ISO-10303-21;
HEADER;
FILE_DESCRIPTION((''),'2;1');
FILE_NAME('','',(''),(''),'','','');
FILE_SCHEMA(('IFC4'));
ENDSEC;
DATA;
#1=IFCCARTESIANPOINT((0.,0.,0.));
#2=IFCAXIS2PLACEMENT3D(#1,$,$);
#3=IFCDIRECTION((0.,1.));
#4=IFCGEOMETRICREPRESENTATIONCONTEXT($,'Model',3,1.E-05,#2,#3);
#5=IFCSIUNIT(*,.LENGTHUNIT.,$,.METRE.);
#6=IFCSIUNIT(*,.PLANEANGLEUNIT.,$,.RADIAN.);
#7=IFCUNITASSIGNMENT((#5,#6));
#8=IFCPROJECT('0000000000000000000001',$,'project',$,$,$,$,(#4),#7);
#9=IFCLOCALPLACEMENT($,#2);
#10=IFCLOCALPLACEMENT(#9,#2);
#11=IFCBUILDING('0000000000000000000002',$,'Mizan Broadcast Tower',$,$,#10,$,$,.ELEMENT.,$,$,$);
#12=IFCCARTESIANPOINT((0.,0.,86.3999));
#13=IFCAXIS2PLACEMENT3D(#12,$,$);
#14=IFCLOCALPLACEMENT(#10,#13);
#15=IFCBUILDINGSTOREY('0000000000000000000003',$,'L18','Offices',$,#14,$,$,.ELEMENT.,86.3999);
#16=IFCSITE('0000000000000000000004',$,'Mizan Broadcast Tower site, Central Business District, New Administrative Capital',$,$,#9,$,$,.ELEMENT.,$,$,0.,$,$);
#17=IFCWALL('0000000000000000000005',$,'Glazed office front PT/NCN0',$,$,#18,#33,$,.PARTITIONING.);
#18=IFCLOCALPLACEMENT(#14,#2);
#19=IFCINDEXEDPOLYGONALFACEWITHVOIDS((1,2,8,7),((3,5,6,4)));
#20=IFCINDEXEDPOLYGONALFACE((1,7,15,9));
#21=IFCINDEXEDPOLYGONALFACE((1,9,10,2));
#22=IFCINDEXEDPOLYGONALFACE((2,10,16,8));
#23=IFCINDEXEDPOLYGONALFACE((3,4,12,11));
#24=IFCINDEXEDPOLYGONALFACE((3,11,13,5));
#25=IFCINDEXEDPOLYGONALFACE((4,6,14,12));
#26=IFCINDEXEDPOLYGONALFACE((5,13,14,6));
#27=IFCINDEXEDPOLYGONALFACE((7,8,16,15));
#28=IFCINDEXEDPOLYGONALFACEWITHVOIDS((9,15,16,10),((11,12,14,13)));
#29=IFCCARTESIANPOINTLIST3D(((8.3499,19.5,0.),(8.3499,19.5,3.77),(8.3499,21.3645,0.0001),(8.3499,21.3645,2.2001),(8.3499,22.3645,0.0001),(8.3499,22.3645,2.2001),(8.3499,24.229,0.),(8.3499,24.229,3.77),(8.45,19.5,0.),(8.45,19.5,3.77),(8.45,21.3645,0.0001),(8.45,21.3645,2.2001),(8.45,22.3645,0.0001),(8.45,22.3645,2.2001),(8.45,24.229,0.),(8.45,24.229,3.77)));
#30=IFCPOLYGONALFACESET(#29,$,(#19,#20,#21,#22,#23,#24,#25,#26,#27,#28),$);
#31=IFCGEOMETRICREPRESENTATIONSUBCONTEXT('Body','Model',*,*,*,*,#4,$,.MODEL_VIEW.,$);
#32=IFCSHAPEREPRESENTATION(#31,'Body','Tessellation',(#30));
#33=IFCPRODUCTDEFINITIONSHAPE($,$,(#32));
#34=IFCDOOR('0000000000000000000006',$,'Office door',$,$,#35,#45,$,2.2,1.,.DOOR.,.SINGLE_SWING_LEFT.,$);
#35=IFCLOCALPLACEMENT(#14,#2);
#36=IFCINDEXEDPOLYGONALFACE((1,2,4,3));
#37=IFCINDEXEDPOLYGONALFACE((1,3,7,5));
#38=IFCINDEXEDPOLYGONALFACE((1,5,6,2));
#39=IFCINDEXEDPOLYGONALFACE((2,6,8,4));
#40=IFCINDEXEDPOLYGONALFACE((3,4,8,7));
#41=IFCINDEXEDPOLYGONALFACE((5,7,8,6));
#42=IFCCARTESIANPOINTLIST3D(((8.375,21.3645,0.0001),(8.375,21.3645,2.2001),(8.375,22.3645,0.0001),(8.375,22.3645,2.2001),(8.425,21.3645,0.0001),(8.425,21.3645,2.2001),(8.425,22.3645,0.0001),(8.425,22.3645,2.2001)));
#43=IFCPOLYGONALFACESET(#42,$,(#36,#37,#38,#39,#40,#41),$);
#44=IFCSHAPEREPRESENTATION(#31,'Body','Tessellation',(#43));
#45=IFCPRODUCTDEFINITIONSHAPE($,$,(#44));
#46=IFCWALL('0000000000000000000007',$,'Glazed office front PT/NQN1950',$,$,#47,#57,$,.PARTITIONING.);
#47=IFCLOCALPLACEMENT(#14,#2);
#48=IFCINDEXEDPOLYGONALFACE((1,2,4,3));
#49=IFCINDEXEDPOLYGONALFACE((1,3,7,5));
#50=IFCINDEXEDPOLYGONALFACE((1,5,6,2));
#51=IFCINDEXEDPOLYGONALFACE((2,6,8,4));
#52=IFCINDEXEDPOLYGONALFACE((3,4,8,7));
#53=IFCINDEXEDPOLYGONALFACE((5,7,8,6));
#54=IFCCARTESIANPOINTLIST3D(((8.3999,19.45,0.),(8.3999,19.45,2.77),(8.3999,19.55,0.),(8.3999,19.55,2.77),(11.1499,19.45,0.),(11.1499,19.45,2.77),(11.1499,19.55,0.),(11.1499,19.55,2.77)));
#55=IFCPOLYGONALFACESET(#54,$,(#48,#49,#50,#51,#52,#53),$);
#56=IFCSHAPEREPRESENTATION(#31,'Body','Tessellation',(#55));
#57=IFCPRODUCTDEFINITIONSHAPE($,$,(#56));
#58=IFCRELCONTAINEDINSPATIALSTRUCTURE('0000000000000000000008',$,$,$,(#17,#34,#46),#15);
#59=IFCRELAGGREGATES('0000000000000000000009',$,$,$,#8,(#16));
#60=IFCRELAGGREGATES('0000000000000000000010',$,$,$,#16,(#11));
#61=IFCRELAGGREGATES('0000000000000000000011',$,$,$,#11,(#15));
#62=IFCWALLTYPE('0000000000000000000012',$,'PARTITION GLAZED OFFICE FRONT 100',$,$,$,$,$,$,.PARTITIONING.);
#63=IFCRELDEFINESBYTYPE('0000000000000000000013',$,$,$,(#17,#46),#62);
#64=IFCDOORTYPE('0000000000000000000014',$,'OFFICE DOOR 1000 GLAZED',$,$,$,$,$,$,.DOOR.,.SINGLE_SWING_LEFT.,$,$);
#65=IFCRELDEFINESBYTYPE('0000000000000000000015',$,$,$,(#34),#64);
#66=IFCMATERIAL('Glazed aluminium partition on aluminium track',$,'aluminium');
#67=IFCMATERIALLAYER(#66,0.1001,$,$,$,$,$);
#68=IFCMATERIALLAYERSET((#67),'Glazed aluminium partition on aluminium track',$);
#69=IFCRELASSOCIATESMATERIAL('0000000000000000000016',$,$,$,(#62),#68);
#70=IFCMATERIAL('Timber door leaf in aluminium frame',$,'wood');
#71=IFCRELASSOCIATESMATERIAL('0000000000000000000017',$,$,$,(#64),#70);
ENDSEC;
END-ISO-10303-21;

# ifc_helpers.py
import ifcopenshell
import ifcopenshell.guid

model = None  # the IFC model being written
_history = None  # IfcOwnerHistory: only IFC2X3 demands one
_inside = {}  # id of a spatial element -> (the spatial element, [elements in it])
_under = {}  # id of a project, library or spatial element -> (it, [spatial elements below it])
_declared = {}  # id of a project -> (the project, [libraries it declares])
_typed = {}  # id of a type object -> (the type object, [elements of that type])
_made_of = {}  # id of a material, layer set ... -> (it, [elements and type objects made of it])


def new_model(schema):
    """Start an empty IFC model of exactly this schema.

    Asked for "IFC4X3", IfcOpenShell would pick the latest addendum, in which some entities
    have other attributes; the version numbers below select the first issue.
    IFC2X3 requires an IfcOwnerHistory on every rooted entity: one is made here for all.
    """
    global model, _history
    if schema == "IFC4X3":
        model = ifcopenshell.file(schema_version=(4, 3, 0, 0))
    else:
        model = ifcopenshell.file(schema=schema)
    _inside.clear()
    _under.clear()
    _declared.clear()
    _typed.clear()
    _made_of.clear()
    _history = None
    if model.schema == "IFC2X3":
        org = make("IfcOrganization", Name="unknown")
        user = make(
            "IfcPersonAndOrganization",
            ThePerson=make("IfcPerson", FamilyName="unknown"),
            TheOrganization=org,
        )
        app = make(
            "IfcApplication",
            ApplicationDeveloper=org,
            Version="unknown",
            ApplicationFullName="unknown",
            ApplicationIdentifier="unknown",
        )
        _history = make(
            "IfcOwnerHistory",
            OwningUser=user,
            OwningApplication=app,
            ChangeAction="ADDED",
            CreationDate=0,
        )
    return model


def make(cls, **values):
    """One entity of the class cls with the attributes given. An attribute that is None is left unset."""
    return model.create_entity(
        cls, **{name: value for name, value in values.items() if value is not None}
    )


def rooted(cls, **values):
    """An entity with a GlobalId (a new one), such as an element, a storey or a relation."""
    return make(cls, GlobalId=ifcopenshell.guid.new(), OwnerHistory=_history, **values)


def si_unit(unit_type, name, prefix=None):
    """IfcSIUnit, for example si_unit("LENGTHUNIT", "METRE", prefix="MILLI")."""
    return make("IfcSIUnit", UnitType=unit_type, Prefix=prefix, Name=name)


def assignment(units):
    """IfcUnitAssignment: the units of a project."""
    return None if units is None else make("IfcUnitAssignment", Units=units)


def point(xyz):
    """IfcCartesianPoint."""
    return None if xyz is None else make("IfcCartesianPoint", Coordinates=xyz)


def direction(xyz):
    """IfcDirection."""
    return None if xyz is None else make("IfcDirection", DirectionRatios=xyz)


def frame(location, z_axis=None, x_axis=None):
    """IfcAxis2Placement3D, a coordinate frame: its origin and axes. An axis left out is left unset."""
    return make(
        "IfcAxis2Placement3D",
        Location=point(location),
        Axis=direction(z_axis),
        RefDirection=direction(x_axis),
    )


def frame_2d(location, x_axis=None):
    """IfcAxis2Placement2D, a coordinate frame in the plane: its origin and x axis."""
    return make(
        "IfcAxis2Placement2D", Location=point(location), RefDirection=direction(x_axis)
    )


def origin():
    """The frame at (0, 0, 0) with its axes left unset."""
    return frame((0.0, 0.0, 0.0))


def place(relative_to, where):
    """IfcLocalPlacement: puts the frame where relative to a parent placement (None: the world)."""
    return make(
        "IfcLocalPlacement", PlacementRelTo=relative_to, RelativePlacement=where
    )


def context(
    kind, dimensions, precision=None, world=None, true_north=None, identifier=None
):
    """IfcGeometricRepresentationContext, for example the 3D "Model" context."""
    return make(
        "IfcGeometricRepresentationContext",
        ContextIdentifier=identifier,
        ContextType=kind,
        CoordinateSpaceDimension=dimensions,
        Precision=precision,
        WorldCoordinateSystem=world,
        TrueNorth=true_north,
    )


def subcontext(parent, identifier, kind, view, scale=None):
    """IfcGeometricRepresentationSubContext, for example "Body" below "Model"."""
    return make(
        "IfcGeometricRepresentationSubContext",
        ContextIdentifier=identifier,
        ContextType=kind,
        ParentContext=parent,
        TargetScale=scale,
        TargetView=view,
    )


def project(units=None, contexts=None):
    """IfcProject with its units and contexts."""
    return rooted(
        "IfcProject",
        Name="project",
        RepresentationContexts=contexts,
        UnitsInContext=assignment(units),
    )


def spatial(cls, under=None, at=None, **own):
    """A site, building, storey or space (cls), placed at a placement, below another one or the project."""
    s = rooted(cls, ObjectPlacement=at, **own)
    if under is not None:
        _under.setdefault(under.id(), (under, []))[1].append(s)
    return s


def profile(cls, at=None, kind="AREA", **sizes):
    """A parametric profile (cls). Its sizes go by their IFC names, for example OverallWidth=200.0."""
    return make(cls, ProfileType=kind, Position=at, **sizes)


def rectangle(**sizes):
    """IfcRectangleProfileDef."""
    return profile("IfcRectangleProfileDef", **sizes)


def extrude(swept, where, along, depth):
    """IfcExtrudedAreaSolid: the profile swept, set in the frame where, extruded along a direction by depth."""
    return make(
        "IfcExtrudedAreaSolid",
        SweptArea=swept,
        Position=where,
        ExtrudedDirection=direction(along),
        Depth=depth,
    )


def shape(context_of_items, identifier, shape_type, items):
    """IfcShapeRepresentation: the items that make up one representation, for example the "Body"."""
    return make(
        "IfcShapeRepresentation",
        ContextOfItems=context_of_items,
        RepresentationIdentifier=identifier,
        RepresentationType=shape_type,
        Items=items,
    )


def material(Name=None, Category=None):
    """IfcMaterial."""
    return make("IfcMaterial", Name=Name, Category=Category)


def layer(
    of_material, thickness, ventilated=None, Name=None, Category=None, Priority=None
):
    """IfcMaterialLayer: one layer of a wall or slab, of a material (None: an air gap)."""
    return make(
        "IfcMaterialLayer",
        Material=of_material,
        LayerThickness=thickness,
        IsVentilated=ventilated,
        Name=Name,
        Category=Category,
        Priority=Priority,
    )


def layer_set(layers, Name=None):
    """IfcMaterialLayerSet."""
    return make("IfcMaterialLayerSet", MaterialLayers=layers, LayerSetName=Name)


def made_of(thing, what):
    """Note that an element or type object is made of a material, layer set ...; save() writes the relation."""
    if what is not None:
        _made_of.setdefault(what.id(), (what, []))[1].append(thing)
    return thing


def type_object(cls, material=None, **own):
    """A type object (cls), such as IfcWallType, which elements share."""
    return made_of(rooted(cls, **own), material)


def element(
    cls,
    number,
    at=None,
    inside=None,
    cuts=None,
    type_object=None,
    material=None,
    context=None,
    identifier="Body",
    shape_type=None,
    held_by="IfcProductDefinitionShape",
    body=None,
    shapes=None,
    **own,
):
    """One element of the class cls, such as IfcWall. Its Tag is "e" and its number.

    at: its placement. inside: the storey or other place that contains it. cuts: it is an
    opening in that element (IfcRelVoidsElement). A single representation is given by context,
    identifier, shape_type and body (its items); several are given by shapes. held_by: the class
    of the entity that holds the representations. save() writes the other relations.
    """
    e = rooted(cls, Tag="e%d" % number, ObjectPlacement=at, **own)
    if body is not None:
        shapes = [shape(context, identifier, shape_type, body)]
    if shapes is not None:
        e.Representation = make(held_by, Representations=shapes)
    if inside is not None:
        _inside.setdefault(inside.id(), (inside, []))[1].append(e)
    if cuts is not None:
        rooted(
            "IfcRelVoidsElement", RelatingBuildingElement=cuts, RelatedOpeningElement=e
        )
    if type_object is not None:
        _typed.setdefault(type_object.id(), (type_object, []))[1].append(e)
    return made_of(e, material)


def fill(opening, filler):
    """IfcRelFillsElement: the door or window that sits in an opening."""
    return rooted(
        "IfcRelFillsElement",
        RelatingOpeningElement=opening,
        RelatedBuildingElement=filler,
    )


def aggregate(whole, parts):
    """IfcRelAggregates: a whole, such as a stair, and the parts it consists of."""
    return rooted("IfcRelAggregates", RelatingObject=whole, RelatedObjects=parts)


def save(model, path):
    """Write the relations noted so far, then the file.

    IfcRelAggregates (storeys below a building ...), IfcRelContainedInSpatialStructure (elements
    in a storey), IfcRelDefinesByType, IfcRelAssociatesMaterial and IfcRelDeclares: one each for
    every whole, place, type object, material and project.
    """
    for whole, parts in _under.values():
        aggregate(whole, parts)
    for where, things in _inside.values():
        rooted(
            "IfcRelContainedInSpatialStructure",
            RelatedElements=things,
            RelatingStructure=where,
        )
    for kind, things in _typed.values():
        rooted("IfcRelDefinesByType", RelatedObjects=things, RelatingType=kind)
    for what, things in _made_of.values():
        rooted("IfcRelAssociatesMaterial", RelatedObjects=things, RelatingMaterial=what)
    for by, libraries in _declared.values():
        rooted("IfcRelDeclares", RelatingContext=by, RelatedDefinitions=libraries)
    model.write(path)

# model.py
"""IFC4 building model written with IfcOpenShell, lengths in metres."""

from ifc_helpers import new_model, si_unit, direction, frame, frame_2d, origin, place, context, subcontext, project, spatial, rectangle, extrude, material, layer, layer_set, type_object, element, fill, save


model = new_model("IFC4")

# Units and contexts
model_context = context("Model", 3, precision=1e-05, world=origin(), true_north=direction((0.0, 1.0)))
body_context = subcontext(model_context, "Body", "Model", "MODEL_VIEW")
ifc_project = project(units=[si_unit("LENGTHUNIT", "METRE"), si_unit("PLANEANGLEUNIT", "RADIAN")], contexts=[model_context])

# Site, building, storey
site_placement = place(None, origin())
site = spatial("IfcSite", under=ifc_project, at=site_placement, Name="Mizan Broadcast Tower site, Central Business District, New Administrative Capital", CompositionType="ELEMENT", RefElevation=0.0)
building_placement = place(site_placement, origin())
building = spatial("IfcBuilding", under=site, at=building_placement, Name="Mizan Broadcast Tower", CompositionType="ELEMENT")
storey_placement = place(building_placement, frame((0.0, 0.0, 86.3999)))
storey = spatial("IfcBuildingStorey", under=building, at=storey_placement, Name="L18", Description="Offices", CompositionType="ELEMENT", Elevation=86.3999)

# Wall, opening, door
ifc_material_1 = material(Name="Glazed aluminium partition on aluminium track", Category="aluminium")
ifc_layer_1 = layer(ifc_material_1, 0.1001)
ifc_layer_set_1 = layer_set([ifc_layer_1], Name="Glazed aluminium partition on aluminium track")
wall_type_1 = type_object("IfcWallType", Name="PARTITION GLAZED OFFICE FRONT 100", PredefinedType="PARTITIONING", material=ifc_layer_set_1)
wall_1_placement = place(storey_placement, frame((8.3999, 19.5, 0.0), z_axis=(0.0, 0.0, 1.0), x_axis=(0.0, 1.0, 0.0)))
wall_1 = element("IfcWall", 1, at=wall_1_placement, inside=storey, type_object=wall_type_1, Name="Glazed office front PT/NCN0", PredefinedType="PARTITIONING", context=body_context, shape_type="SweptSolid", body=[
    extrude(rectangle(XDim=4.729, YDim=0.1001, at=frame_2d((2.3645, 0.0))), origin(), (0.0, 0.0, 1.0), 3.77),
])
opening_placement = place(wall_1_placement, frame((1.8645, 0.0, 0.0)))
opening = element("IfcOpeningElement", 2, at=opening_placement, cuts=wall_1, PredefinedType="OPENING", context=body_context, shape_type="SweptSolid", body=[
    extrude(rectangle(XDim=1.0, YDim=2.2, at=frame_2d((0.5, 1.1001))), frame((0.0, 0.0601, 0.0), z_axis=(0.0, -1.0, 0.0), x_axis=(1.0, 0.0, 0.0)), (0.0, 0.0, 1.0), 0.1201),
])
ifc_material_2 = material(Name="Timber door leaf in aluminium frame", Category="wood")
door_type = type_object("IfcDoorType", Name="OFFICE DOOR 1000 GLAZED", OperationType="SINGLE_SWING_LEFT", PredefinedType="DOOR", material=ifc_material_2)
door_placement = place(opening_placement, origin())
door = element("IfcDoor", 3, at=door_placement, inside=storey, type_object=door_type, Name="Office door", OperationType="SINGLE_SWING_LEFT", OverallHeight=2.2, OverallWidth=1.0, PredefinedType="DOOR", context=body_context, shape_type="SweptSolid", body=[
    extrude(rectangle(XDim=1.0, YDim=2.2, at=frame_2d((0.5, 1.1001))), frame((0.0, 0.0249, 0.0), z_axis=(0.0, -1.0, 0.0), x_axis=(1.0, 0.0, 0.0)), (0.0, 0.0, 1.0), 0.05),
])
fill(opening, door)

# Wall
wall_2_placement = place(storey_placement, frame((8.3999, 19.5, 0.0), z_axis=(0.0, 0.0, 1.0), x_axis=(1.0, 0.0, 0.0)))
element("IfcWall", 4, at=wall_2_placement, inside=storey, type_object=wall_type_1, Name="Glazed office front PT/NQN1950", PredefinedType="PARTITIONING", context=body_context, shape_type="SweptSolid", body=[
    extrude(rectangle(XDim=2.75, YDim=0.1001, at=frame_2d((1.375, 0.0))), origin(), (0.0, 0.0, 1.0), 2.77),
])

save(model, "model.ifc")
